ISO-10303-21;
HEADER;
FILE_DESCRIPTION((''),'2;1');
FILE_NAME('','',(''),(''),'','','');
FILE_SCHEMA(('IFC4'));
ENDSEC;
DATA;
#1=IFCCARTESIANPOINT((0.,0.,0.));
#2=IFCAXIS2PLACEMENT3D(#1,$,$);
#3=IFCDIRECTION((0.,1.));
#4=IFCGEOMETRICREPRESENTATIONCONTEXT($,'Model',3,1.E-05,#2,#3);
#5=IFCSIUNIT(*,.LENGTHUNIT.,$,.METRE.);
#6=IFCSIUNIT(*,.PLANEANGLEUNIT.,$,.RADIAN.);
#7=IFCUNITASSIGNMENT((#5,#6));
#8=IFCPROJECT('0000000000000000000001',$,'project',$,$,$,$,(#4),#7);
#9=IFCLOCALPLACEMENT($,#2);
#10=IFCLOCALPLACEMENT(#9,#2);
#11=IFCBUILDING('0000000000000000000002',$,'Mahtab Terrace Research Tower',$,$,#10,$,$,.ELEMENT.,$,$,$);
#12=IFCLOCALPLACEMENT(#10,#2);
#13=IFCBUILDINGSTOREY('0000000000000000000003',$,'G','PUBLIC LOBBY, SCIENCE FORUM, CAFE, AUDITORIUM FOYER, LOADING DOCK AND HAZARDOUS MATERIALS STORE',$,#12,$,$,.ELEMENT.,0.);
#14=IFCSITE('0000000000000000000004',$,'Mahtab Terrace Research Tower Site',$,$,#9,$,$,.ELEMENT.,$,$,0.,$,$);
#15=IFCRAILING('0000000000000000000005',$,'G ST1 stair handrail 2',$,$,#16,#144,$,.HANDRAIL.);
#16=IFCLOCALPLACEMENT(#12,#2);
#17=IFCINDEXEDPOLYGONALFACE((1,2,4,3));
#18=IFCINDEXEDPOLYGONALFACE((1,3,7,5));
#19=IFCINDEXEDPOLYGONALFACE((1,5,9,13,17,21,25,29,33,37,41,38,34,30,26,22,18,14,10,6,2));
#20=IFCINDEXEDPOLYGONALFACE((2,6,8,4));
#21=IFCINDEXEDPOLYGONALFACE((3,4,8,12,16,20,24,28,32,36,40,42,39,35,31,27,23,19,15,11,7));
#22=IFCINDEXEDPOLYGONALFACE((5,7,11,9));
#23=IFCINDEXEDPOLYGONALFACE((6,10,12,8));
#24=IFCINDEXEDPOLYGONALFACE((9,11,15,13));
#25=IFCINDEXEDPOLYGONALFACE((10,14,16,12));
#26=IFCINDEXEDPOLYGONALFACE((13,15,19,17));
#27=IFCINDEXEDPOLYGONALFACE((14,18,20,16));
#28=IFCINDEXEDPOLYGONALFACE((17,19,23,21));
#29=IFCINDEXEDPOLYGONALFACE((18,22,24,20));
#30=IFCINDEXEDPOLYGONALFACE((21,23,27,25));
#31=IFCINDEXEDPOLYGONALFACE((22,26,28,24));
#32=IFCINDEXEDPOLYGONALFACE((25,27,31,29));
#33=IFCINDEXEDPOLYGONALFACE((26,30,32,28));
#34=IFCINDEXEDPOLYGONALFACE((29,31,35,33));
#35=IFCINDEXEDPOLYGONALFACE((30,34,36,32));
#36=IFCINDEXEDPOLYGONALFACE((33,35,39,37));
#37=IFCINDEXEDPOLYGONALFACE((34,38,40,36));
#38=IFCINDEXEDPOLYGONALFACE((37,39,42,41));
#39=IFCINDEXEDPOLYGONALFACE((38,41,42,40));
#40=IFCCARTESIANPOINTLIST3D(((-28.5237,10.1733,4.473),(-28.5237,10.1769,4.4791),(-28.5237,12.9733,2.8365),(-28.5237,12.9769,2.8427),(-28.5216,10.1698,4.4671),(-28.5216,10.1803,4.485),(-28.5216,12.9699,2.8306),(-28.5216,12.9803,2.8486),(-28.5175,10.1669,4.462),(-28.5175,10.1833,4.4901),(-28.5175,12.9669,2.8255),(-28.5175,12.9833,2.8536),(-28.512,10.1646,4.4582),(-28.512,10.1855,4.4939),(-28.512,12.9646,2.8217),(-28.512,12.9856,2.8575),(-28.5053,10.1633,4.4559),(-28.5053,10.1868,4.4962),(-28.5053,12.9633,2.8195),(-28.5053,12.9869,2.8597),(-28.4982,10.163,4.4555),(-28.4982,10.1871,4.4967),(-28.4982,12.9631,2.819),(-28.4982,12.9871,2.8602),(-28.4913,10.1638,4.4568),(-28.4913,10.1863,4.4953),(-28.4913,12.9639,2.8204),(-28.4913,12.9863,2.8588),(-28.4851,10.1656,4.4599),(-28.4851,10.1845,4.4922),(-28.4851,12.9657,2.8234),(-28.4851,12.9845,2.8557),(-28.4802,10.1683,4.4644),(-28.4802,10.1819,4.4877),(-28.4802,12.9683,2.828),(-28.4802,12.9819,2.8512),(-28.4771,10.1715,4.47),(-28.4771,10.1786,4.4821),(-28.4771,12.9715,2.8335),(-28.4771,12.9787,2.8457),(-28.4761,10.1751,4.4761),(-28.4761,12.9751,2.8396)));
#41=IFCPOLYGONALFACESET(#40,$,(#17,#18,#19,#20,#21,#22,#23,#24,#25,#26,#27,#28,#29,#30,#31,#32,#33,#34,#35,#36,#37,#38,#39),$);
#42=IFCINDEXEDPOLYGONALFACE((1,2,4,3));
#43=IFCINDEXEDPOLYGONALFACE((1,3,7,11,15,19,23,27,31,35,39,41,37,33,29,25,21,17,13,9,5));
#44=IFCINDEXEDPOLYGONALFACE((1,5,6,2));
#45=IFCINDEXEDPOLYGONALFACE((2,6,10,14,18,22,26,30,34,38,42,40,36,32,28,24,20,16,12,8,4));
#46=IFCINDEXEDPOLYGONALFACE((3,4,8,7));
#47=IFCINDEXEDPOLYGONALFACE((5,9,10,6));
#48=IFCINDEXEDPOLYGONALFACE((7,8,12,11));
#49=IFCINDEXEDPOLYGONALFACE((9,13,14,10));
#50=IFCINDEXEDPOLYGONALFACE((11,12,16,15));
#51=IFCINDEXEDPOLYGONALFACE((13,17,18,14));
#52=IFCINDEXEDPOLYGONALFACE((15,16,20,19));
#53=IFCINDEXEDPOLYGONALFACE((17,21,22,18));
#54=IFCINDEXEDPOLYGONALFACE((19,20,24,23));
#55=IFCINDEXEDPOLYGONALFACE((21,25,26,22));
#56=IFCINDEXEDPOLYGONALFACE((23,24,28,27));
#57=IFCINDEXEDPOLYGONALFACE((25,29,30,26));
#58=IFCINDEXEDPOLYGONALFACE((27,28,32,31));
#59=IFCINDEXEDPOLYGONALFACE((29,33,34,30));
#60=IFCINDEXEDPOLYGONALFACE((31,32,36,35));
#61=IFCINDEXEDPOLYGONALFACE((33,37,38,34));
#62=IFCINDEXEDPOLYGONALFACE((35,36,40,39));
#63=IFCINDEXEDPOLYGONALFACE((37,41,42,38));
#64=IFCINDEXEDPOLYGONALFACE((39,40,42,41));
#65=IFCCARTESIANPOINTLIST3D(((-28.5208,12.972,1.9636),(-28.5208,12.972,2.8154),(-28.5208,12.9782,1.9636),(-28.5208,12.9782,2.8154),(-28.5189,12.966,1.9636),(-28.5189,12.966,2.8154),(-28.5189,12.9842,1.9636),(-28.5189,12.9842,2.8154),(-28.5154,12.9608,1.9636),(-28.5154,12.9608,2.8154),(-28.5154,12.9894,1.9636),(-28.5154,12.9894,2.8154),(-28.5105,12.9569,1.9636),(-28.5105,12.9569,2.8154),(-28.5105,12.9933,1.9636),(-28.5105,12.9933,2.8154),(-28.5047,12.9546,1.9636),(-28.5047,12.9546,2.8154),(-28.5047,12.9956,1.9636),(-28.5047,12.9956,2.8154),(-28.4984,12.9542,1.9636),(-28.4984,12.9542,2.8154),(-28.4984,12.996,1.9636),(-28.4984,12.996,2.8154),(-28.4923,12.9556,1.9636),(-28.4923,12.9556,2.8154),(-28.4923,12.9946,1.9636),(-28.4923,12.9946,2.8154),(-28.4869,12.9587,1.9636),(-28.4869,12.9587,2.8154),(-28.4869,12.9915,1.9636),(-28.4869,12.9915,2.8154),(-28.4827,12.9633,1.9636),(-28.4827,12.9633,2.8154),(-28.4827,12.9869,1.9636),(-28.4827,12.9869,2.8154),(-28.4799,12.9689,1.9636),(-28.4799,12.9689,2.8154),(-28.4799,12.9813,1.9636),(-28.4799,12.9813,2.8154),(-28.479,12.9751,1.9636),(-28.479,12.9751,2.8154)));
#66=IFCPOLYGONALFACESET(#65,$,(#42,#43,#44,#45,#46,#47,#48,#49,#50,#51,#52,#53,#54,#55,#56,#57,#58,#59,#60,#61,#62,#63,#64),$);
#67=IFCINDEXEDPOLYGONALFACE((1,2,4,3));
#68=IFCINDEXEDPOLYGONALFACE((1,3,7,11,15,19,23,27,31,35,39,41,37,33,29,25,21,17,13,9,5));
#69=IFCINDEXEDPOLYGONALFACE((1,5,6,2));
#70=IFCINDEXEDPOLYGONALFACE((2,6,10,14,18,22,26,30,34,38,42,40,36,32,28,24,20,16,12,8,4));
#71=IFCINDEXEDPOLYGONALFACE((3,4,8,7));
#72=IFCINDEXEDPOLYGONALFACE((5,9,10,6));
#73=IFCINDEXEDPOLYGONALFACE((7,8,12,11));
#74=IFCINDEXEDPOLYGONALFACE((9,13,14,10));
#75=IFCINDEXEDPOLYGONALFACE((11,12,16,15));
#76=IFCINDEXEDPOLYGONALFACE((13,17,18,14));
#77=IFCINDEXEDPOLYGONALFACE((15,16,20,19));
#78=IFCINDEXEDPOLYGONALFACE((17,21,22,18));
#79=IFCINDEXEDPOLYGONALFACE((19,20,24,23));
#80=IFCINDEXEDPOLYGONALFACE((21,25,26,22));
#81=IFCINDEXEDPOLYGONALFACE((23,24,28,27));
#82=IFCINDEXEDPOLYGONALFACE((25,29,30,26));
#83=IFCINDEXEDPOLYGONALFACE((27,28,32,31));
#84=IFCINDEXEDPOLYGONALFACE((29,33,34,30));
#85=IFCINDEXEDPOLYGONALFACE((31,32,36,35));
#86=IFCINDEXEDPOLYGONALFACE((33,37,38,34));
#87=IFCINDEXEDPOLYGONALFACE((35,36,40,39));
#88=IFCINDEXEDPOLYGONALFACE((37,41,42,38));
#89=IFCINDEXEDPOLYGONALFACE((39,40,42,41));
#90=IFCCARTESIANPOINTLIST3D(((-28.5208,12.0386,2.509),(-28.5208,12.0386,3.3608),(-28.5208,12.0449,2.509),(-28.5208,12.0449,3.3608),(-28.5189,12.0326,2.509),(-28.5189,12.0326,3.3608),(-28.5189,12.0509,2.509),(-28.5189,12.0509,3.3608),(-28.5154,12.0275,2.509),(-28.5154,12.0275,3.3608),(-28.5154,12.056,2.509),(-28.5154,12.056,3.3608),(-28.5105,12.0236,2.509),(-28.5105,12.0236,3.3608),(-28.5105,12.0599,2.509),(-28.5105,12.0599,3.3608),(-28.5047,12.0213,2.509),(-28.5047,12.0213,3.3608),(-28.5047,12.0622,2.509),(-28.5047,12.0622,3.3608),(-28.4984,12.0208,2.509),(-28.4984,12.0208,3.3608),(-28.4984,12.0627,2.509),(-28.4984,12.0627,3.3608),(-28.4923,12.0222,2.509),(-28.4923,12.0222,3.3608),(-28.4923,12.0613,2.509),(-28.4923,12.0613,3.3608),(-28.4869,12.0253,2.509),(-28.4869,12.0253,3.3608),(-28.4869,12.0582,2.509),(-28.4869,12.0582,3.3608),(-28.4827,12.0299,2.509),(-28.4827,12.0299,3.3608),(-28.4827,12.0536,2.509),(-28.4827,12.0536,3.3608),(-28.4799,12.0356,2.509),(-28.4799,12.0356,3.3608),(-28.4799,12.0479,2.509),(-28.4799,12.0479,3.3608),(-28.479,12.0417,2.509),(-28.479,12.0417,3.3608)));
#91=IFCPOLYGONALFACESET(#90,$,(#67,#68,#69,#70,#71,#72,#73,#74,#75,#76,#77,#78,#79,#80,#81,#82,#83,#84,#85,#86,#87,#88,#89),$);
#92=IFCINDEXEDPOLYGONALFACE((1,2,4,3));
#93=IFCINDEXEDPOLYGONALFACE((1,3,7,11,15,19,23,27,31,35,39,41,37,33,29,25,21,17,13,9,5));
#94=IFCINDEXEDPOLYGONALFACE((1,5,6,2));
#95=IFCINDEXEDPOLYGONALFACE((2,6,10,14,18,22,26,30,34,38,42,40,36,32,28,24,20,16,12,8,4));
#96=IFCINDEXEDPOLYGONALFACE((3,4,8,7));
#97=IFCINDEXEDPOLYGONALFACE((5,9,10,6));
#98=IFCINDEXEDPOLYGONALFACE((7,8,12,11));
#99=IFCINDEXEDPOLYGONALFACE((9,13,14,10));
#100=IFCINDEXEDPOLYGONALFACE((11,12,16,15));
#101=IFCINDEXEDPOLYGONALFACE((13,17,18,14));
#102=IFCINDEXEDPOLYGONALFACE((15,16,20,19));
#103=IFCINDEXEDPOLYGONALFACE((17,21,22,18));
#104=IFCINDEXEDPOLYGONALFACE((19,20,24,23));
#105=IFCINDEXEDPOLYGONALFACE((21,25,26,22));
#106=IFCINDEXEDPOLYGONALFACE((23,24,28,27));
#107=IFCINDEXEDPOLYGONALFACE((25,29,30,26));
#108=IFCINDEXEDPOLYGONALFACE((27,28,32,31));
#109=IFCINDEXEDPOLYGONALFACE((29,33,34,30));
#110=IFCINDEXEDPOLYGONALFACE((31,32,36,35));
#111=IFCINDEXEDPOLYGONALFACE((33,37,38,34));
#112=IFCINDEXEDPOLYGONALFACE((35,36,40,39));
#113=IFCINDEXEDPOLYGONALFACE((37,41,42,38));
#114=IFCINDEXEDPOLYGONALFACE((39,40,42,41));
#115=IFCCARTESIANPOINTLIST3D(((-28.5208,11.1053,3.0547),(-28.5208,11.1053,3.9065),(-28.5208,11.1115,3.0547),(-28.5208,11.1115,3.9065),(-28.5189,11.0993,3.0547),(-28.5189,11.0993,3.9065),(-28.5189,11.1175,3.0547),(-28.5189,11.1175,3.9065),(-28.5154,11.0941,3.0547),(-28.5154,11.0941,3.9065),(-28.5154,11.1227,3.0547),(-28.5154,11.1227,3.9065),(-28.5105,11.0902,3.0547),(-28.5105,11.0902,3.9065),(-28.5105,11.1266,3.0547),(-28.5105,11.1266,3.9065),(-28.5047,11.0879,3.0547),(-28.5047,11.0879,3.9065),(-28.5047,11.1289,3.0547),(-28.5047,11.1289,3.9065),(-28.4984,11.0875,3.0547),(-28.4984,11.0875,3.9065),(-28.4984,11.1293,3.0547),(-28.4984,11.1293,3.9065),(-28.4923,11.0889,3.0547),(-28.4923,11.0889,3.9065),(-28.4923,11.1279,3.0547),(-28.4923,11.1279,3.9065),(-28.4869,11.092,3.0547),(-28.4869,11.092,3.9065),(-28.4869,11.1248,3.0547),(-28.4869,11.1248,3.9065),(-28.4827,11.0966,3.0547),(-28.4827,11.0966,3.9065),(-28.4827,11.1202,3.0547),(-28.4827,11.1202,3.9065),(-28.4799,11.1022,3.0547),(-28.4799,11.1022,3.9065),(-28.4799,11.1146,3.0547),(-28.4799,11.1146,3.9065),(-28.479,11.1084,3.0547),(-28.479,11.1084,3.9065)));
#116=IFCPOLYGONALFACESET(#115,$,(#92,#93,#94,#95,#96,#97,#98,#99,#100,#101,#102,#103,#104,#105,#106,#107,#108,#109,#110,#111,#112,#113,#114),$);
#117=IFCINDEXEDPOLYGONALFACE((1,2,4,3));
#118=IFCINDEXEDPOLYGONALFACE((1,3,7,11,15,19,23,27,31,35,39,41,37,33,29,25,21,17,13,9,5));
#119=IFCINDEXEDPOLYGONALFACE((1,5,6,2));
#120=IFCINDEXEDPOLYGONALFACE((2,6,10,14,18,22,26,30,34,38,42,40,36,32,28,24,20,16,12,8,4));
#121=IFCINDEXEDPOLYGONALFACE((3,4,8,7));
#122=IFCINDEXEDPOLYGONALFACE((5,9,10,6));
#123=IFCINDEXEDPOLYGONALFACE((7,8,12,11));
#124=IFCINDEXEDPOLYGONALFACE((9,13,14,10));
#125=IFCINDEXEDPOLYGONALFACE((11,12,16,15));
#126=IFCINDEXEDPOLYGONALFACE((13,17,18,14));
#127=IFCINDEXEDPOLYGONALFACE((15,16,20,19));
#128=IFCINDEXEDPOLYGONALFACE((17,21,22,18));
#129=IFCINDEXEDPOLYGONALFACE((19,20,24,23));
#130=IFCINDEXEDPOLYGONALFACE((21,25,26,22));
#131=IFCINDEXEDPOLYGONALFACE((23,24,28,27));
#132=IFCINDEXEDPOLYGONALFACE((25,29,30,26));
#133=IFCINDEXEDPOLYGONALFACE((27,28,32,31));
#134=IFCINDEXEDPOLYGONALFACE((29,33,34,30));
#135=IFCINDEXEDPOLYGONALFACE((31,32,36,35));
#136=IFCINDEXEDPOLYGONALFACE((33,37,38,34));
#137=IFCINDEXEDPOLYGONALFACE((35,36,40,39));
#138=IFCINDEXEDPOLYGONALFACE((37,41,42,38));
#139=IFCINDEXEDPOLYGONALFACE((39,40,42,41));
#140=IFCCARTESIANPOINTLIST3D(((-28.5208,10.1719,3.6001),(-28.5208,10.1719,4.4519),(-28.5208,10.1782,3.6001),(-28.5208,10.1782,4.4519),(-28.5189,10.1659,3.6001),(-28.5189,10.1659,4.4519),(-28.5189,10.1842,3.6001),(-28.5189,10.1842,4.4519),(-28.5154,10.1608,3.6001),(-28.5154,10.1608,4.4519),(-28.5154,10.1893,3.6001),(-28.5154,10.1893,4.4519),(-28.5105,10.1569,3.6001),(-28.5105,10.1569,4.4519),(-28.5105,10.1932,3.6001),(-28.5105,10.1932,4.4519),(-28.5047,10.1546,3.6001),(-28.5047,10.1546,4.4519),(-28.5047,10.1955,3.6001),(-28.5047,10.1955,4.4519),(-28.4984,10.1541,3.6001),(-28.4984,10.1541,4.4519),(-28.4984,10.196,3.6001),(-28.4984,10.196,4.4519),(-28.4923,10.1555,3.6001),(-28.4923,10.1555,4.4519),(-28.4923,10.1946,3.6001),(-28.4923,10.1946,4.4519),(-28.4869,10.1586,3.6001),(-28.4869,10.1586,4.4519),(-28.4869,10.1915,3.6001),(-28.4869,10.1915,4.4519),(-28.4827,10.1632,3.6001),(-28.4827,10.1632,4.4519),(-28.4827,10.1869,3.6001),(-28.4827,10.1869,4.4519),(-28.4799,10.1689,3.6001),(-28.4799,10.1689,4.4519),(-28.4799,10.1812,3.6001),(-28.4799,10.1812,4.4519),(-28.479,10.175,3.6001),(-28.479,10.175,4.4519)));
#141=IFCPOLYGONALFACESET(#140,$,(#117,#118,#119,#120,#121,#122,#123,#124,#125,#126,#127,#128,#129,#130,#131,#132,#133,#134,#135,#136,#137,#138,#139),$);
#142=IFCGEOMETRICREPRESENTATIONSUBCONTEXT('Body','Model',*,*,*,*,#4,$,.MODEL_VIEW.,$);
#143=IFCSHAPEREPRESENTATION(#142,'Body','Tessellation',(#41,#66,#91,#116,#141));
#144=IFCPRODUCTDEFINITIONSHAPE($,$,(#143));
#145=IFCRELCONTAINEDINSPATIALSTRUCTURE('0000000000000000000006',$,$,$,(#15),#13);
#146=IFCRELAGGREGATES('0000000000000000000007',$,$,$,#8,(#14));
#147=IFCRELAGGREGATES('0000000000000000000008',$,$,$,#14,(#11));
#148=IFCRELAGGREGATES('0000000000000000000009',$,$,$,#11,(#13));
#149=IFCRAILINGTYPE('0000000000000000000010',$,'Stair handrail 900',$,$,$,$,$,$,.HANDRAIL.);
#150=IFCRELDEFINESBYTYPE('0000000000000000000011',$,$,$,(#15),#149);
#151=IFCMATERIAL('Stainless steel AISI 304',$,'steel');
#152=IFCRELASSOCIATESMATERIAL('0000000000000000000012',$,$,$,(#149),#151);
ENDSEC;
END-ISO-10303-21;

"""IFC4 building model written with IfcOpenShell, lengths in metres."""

from ifc_helpers import new_model, si_unit, direction, frame, origin, origin_2d, place, context, subcontext, project, spatial, circle, extrude, material, type_object, element, save


model = new_model("IFC4")

# Units and contexts
model_context = context("Model", 3, precision=1e-05, world=origin(), true_north=direction((0.0, 1.0)))
body_context = subcontext(model_context, "Body", "Model", "MODEL_VIEW")
ifc_project = project(units=[si_unit("LENGTHUNIT", "METRE"), si_unit("PLANEANGLEUNIT", "RADIAN")], contexts=[model_context])

# Site, building, storey
site_placement = place(None, origin())
site = spatial("IfcSite", under=ifc_project, at=site_placement, Name="Mahtab Terrace Research Tower Site", CompositionType="ELEMENT", RefElevation=0.0)
building_placement = place(site_placement, origin())
building = spatial("IfcBuilding", under=site, at=building_placement, Name="Mahtab Terrace Research Tower", CompositionType="ELEMENT")
storey_placement = place(building_placement, origin())
storey = spatial("IfcBuildingStorey", under=building, at=storey_placement, Name="G", Description="PUBLIC LOBBY, SCIENCE FORUM, CAFE, AUDITORIUM FOYER, LOADING DOCK AND HAZARDOUS MATERIALS STORE", CompositionType="ELEMENT", Elevation=0.0)

# Railing
ifc_material_1 = material(Name="Stainless steel AISI 304", Category="steel")
railing_type_1 = type_object("IfcRailingType", Name="Stair handrail 900", PredefinedType="HANDRAIL", material=ifc_material_1)
railing_1_placement = place(storey_placement, frame((-28.5, 12.9751, 1.9636)))
element("IfcRailing", 1, at=railing_1_placement, inside=storey, type_object=railing_type_1, Name="G ST1 stair handrail 2", PredefinedType="HANDRAIL", context=body_context, shape_type="SweptSolid", body=[
    extrude(circle(Radius=0.0239, at=origin_2d()), frame((0.0, 0.0, 0.876), z_axis=(0.0, -0.863361, 0.504587), x_axis=(1.0, 0.0, 0.0)), (0.0, 0.0, 1.0), 3.2432),
    extrude(circle(Radius=0.021, at=origin_2d()), origin(), (0.0, 0.0, 1.0), 0.8518),
    extrude(circle(Radius=0.021, at=origin_2d()), frame((0.0, -0.9333, 0.5454)), (0.0, 0.0, 1.0), 0.8518),
    extrude(circle(Radius=0.021, at=origin_2d()), frame((0.0, -1.8667, 1.0911)), (0.0, 0.0, 1.0), 0.8518),
    extrude(circle(Radius=0.021, at=origin_2d()), frame((0.0, -2.8, 1.6365)), (0.0, 0.0, 1.0), 0.8518),
])

save(model, "model.ifc")
